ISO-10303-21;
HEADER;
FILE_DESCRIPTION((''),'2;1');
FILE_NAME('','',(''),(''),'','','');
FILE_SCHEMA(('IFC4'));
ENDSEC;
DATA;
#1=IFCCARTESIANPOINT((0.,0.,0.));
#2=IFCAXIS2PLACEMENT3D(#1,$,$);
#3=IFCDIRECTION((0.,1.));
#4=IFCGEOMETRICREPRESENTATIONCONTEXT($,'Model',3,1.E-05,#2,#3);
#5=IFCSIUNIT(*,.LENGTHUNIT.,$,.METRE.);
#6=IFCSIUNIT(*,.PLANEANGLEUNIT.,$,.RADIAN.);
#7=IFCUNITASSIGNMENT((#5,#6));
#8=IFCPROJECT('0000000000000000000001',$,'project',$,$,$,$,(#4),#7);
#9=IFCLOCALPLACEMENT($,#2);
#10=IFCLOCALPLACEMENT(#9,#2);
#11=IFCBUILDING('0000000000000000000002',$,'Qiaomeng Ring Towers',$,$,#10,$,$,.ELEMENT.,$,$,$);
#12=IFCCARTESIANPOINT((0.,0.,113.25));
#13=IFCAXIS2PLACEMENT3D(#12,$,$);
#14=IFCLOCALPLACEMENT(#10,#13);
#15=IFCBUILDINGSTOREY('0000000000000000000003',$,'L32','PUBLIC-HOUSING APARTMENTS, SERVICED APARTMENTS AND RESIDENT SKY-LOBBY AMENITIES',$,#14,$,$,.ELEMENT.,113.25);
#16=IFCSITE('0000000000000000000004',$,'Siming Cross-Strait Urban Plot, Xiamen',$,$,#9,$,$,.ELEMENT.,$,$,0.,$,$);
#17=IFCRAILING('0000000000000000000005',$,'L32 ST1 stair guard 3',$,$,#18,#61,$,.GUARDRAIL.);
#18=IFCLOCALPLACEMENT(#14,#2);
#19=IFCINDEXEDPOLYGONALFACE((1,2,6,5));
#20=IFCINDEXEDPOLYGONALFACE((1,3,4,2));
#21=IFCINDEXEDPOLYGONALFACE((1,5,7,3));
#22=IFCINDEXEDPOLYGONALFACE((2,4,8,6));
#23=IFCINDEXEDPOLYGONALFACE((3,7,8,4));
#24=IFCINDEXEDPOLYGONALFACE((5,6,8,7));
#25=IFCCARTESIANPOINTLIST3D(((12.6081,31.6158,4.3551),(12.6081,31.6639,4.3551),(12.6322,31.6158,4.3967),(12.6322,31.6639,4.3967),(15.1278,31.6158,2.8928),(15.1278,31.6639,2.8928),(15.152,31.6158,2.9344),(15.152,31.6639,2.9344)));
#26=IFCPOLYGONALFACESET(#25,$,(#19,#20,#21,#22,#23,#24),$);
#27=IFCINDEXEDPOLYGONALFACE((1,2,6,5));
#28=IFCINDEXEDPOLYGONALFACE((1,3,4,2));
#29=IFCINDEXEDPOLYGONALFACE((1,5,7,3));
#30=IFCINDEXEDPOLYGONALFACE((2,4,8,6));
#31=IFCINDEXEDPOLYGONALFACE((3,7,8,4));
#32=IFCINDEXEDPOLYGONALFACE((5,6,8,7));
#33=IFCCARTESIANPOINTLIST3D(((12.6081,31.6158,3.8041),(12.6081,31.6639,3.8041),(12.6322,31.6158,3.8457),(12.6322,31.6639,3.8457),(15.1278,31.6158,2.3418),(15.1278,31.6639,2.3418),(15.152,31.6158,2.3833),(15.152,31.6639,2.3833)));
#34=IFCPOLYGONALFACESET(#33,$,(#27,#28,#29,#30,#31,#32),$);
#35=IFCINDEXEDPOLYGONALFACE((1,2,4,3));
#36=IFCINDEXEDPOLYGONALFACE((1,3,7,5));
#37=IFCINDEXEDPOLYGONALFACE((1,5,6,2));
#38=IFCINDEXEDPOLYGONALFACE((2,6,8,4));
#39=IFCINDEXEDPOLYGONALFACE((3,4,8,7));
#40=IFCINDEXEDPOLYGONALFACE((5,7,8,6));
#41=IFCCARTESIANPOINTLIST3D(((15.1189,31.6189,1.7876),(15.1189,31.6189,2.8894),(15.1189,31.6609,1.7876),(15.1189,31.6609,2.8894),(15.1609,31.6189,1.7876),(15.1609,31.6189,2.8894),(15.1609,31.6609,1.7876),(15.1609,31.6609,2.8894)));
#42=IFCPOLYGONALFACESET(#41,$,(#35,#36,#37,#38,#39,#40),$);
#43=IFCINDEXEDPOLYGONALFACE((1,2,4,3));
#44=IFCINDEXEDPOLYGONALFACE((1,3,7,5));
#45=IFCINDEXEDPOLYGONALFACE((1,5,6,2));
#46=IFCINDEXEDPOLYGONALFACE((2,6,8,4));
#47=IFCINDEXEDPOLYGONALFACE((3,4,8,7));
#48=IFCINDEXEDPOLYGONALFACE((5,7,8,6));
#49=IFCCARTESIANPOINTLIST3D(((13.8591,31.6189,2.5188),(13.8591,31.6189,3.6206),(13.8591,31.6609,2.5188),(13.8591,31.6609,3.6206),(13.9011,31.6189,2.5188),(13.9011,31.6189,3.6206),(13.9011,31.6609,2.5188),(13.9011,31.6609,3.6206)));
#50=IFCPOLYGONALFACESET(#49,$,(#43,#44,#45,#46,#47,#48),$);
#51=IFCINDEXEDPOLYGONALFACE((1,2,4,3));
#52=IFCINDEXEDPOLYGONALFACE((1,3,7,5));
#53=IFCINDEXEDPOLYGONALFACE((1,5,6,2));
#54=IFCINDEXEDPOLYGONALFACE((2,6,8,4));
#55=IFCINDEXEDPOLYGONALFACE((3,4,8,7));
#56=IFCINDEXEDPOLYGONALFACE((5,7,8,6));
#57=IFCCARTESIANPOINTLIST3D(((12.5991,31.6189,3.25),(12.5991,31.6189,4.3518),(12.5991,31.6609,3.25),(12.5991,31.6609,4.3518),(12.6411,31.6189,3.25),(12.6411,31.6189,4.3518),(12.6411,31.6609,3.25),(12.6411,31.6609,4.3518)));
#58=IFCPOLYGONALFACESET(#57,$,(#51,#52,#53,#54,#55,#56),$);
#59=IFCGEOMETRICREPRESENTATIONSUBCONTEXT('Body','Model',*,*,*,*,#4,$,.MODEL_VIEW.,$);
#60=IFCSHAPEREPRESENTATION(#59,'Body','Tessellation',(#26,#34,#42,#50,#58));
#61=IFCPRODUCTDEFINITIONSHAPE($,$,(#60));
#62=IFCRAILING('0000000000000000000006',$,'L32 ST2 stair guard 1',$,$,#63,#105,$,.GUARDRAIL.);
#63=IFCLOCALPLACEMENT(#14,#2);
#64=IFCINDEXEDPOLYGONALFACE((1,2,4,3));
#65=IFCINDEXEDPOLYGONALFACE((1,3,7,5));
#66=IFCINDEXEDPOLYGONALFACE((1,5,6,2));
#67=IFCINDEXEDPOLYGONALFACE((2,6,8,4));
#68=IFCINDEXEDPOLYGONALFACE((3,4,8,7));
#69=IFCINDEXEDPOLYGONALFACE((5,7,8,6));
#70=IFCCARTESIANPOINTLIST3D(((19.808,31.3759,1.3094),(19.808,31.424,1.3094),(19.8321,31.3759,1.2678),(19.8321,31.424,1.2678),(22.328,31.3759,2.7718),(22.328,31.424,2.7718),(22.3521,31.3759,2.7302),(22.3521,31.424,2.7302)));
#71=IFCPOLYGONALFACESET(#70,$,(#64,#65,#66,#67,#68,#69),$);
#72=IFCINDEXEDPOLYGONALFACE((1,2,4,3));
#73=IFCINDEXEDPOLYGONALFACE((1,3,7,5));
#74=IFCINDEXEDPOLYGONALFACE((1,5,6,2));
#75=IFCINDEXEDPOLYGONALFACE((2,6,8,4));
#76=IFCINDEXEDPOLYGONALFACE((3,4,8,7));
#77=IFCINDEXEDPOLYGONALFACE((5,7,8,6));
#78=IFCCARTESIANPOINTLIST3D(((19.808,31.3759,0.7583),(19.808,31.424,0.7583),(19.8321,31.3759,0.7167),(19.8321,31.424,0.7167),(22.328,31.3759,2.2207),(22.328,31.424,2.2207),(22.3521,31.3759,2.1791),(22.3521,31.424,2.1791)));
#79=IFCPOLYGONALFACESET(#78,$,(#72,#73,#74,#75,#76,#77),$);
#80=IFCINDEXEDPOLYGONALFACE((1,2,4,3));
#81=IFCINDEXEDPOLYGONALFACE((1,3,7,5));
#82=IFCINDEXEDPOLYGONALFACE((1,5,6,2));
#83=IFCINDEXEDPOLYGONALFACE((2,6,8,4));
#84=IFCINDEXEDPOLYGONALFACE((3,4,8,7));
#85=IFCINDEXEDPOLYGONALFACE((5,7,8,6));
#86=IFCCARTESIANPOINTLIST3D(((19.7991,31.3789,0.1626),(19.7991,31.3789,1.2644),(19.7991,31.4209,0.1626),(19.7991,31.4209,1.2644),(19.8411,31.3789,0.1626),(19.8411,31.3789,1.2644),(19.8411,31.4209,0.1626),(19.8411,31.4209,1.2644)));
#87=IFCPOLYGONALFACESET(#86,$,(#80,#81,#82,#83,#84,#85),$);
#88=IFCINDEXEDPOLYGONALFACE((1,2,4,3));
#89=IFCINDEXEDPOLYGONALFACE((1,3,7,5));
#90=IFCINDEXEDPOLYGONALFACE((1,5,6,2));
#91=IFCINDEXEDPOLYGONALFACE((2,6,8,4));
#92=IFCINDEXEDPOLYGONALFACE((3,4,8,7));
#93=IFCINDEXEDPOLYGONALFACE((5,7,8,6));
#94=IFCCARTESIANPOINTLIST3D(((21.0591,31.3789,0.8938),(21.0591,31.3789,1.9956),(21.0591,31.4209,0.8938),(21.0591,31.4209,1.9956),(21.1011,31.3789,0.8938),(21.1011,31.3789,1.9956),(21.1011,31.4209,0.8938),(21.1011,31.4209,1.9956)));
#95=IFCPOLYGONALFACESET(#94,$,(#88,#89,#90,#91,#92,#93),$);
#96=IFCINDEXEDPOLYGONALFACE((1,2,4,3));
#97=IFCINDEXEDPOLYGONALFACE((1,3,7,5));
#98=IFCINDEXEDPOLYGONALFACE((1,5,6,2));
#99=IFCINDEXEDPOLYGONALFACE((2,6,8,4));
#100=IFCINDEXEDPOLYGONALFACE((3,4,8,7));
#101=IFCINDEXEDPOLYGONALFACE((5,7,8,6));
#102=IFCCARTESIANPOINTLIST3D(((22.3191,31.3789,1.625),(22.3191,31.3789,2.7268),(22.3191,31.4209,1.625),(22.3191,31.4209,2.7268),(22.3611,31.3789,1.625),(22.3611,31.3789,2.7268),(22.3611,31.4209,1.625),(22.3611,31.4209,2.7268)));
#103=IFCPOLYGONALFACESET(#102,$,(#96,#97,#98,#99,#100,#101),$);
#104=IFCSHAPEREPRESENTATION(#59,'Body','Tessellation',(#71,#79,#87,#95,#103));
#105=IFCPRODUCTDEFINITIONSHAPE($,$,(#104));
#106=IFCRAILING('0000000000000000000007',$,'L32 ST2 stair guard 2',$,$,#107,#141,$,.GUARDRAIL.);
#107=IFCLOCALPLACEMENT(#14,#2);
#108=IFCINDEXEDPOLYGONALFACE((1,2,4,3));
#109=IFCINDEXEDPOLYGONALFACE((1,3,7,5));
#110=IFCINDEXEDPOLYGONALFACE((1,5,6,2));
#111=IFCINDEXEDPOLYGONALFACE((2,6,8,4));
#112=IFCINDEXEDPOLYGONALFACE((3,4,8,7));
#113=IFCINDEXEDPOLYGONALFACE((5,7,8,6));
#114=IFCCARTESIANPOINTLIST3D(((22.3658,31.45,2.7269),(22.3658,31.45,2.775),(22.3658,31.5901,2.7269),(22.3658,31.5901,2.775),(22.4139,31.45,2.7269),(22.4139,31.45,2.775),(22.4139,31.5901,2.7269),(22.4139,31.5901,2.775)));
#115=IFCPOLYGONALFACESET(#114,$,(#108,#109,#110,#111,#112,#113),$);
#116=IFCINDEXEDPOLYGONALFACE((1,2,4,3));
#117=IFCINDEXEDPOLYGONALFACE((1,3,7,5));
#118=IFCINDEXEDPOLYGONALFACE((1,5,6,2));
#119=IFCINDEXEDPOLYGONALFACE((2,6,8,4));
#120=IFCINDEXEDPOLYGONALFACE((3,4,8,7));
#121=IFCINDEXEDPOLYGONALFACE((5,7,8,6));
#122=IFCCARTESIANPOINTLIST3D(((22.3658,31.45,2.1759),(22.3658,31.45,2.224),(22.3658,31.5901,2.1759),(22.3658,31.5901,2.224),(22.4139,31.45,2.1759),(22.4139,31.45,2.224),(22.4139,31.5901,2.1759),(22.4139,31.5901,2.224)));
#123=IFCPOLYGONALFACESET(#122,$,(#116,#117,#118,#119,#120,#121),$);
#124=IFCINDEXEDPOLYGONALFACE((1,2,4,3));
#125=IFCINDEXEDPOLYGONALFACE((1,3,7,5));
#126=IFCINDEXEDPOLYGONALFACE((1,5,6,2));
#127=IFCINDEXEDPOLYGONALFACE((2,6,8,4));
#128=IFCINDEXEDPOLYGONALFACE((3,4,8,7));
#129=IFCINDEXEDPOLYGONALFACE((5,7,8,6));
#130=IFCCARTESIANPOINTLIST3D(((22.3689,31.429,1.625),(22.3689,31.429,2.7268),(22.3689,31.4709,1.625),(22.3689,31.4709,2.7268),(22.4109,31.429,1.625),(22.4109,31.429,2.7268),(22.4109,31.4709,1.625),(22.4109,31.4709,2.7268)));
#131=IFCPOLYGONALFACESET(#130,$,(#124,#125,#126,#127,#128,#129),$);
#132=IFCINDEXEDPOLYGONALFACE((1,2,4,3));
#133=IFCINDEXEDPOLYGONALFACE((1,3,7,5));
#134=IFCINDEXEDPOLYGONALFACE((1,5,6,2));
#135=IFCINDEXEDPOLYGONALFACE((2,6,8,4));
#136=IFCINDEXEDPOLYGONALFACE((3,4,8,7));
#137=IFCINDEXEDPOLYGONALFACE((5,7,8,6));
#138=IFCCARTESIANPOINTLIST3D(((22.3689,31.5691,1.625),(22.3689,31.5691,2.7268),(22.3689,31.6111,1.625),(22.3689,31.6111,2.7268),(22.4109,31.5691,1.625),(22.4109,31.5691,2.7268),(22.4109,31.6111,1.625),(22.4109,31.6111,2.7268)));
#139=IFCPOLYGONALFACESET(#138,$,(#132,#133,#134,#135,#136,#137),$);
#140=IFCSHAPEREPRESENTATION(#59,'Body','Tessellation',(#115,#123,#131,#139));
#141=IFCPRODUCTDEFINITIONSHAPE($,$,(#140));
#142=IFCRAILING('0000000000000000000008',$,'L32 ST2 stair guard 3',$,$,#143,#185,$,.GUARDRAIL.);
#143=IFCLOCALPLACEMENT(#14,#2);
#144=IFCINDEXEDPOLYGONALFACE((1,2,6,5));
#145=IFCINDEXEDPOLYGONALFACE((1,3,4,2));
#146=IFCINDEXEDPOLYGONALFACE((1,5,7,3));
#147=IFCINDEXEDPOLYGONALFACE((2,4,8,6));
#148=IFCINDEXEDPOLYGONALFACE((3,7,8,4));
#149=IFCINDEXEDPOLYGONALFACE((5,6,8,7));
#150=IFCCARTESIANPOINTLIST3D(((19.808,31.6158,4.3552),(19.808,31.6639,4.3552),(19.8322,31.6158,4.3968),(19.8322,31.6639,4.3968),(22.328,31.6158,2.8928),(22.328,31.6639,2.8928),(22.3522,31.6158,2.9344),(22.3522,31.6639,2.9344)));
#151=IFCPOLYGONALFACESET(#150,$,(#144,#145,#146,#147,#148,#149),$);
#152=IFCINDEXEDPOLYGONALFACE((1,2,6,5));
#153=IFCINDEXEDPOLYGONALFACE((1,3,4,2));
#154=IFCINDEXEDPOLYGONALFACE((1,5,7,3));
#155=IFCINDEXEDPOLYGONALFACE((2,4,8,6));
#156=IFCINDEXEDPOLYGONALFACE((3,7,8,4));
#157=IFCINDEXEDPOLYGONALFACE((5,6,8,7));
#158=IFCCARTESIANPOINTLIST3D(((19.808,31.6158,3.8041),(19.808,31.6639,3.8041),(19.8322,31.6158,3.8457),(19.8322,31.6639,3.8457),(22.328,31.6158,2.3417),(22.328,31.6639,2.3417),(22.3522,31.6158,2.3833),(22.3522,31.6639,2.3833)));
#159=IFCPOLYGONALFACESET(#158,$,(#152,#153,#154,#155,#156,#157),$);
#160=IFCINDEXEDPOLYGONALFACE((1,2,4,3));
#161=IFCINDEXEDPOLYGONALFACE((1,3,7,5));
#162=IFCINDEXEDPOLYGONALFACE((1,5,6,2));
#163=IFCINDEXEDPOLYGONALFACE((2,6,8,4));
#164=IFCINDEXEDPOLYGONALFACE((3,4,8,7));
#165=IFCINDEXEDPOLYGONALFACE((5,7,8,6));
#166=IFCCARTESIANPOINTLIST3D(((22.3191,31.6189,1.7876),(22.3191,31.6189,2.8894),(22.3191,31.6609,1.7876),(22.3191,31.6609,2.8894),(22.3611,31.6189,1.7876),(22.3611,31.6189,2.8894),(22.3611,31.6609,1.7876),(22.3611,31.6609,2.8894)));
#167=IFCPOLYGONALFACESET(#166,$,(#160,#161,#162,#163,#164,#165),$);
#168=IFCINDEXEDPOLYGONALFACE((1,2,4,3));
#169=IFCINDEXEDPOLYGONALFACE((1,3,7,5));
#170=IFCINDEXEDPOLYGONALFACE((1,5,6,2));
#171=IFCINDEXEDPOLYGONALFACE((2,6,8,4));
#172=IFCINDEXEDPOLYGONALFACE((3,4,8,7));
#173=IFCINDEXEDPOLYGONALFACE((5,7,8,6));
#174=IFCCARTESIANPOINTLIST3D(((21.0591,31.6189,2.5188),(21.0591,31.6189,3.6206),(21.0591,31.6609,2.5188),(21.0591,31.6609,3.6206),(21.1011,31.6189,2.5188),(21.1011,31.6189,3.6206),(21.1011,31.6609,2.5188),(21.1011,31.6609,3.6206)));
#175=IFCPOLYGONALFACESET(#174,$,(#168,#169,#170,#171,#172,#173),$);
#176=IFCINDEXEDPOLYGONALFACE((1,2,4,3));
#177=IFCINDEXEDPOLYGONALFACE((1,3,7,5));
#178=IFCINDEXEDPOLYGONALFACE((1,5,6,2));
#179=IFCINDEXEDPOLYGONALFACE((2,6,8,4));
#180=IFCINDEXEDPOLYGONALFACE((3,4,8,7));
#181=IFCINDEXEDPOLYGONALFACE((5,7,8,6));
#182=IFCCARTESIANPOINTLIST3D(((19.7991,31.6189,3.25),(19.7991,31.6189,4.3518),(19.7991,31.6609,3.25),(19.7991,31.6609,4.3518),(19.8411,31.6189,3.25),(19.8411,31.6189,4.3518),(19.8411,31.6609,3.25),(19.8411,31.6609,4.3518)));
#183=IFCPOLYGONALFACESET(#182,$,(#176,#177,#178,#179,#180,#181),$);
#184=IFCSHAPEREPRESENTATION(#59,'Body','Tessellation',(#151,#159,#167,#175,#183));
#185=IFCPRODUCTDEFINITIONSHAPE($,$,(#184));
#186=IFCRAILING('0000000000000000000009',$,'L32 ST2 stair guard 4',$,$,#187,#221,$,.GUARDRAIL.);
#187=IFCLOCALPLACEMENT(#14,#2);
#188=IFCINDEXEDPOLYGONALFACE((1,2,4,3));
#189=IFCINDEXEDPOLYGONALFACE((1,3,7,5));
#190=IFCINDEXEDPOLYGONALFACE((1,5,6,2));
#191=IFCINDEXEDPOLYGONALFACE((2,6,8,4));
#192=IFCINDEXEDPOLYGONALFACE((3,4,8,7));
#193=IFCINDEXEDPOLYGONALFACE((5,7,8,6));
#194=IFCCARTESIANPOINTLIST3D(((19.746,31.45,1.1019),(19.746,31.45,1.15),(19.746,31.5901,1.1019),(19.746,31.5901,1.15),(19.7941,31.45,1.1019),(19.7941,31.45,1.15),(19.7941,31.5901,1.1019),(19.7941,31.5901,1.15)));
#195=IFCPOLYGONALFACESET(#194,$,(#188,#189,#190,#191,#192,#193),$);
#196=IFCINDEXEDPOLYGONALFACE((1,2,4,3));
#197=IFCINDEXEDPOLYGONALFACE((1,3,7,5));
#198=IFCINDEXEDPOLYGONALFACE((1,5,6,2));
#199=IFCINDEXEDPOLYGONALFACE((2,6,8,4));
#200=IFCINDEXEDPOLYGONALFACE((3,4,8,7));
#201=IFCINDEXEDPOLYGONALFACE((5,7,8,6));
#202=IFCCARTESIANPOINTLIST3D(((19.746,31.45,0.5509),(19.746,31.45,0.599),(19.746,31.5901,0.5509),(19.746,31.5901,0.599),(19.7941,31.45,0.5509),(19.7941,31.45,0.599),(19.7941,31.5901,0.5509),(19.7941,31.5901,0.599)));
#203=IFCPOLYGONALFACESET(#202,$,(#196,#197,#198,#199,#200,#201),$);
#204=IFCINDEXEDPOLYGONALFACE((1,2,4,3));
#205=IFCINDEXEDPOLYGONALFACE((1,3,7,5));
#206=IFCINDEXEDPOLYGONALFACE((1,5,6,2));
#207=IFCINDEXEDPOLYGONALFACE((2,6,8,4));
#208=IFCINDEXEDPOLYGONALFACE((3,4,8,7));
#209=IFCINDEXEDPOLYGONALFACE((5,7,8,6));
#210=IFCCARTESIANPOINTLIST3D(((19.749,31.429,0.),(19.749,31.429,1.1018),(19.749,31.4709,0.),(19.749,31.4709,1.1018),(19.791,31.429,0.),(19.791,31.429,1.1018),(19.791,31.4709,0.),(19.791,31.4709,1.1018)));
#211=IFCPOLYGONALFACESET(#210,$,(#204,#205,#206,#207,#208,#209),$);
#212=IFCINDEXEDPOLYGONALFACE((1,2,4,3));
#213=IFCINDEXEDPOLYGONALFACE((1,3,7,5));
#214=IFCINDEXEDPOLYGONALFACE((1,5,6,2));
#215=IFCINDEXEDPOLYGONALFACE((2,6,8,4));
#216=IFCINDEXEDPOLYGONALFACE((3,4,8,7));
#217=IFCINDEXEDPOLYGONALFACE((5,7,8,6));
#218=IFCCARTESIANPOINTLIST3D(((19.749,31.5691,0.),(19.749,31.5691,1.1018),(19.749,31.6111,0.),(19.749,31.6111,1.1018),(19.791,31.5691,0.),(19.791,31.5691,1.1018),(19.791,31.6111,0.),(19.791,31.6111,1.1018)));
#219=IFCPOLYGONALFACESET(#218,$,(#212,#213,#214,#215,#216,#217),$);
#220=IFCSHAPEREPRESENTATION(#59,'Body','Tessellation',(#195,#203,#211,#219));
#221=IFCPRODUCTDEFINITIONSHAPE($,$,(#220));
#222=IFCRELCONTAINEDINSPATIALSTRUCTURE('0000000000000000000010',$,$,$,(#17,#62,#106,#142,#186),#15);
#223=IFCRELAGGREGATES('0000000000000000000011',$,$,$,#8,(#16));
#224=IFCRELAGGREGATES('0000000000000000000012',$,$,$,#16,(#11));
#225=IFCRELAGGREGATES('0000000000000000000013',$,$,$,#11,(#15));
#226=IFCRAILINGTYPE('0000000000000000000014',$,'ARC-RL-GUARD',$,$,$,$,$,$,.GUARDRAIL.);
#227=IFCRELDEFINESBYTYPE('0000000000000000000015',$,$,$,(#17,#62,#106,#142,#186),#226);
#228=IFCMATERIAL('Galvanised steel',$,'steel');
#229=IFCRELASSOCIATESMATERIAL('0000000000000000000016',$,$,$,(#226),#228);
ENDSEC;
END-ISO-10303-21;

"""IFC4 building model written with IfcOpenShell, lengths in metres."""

from ifc_helpers import new_model, si_unit, direction, frame, origin, origin_2d, place, context, subcontext, project, spatial, rectangle, extrude, material, type_object, element, save


model = new_model("IFC4")

# Units and contexts
model_context = context("Model", 3, precision=1e-05, world=origin(), true_north=direction((0.0, 1.0)))
body_context = subcontext(model_context, "Body", "Model", "MODEL_VIEW")
ifc_project = project(units=[si_unit("LENGTHUNIT", "METRE"), si_unit("PLANEANGLEUNIT", "RADIAN")], contexts=[model_context])

# Site, building, storey
site_placement = place(None, origin())
site = spatial("IfcSite", under=ifc_project, at=site_placement, Name="Siming Cross-Strait Urban Plot, Xiamen", CompositionType="ELEMENT", RefElevation=0.0)
building_placement = place(site_placement, origin())
building = spatial("IfcBuilding", under=site, at=building_placement, Name="Qiaomeng Ring Towers", CompositionType="ELEMENT")
storey_placement = place(building_placement, frame((0.0, 0.0, 113.25)))
storey = spatial("IfcBuildingStorey", under=building, at=storey_placement, Name="L32", Description="PUBLIC-HOUSING APARTMENTS, SERVICED APARTMENTS AND RESIDENT SKY-LOBBY AMENITIES", CompositionType="ELEMENT", Elevation=113.25)

# Railings
ifc_material_1 = material(Name="Galvanised steel", Category="steel")
railing_type_1 = type_object("IfcRailingType", Name="ARC-RL-GUARD", PredefinedType="GUARDRAIL", material=ifc_material_1)
railing_1_placement = place(storey_placement, frame((15.1399, 31.6399, 1.7876)))
element("IfcRailing", 1, at=railing_1_placement, inside=storey, type_object=railing_type_1, Name="L32 ST1 stair guard 3", PredefinedType="GUARDRAIL", context=body_context, shape_type="SweptSolid", body=[
    extrude(rectangle(XDim=0.0481, YDim=0.0481, at=origin_2d()), frame((0.0, 0.0, 1.126), z_axis=(-0.864892, 0.0, 0.501958), x_axis=(0.0, -1.0, 0.0)), (0.0, 0.0, 1.0), 2.9133),
    extrude(rectangle(XDim=0.0481, YDim=0.0481, at=origin_2d()), frame((0.0, 0.0, 0.575), z_axis=(-0.864892, 0.0, 0.501958), x_axis=(0.0, -1.0, 0.0)), (0.0, 0.0, 1.0), 2.9133),
    extrude(rectangle(XDim=0.042, YDim=0.042, at=origin_2d()), origin(), (0.0, 0.0, 1.0), 1.1018),
    extrude(rectangle(XDim=0.042, YDim=0.042, at=origin_2d()), frame((-1.2598, 0.0, 0.7312)), (0.0, 0.0, 1.0), 1.1018),
    extrude(rectangle(XDim=0.042, YDim=0.042, at=origin_2d()), frame((-2.5198, 0.0, 1.4624)), (0.0, 0.0, 1.0), 1.1018),
])
railing_2_placement = place(storey_placement, frame((19.8201, 31.3999, 0.1626)))
element("IfcRailing", 2, at=railing_2_placement, inside=storey, type_object=railing_type_1, Name="L32 ST2 stair guard 1", PredefinedType="GUARDRAIL", context=body_context, shape_type="SweptSolid", body=[
    extrude(rectangle(XDim=0.0481, YDim=0.0481, at=origin_2d()), frame((0.0, 0.0, 1.126), z_axis=(0.864913, 0.0, 0.501921), x_axis=(0.0, 1.0, 0.0)), (0.0, 0.0, 1.0), 2.9136),
    extrude(rectangle(XDim=0.0481, YDim=0.0481, at=origin_2d()), frame((0.0, 0.0, 0.575), z_axis=(0.864913, 0.0, 0.501921), x_axis=(0.0, 1.0, 0.0)), (0.0, 0.0, 1.0), 2.9136),
    extrude(rectangle(XDim=0.042, YDim=0.042, at=origin_2d()), origin(), (0.0, 0.0, 1.0), 1.1018),
    extrude(rectangle(XDim=0.042, YDim=0.042, at=origin_2d()), frame((1.26, 0.0, 0.7312)), (0.0, 0.0, 1.0), 1.1018),
    extrude(rectangle(XDim=0.042, YDim=0.042, at=origin_2d()), frame((2.52, 0.0, 1.4624)), (0.0, 0.0, 1.0), 1.1018),
])
railing_3_placement = place(storey_placement, frame((22.3899, 31.45, 1.625)))
element("IfcRailing", 3, at=railing_3_placement, inside=storey, type_object=railing_type_1, Name="L32 ST2 stair guard 2", PredefinedType="GUARDRAIL", context=body_context, shape_type="SweptSolid", body=[
    extrude(rectangle(XDim=0.0481, YDim=0.0481, at=origin_2d()), frame((0.0, 0.0, 1.126), z_axis=(0.0, 1.0, 0.0), x_axis=(-1.0, 0.0, 0.0)), (0.0, 0.0, 1.0), 0.1401),
    extrude(rectangle(XDim=0.0481, YDim=0.0481, at=origin_2d()), frame((0.0, 0.0, 0.575), z_axis=(0.0, 1.0, 0.0), x_axis=(-1.0, 0.0, 0.0)), (0.0, 0.0, 1.0), 0.1401),
    extrude(rectangle(XDim=0.042, YDim=0.042, at=origin_2d()), origin(), (0.0, 0.0, 1.0), 1.1018),
    extrude(rectangle(XDim=0.042, YDim=0.042, at=origin_2d()), frame((0.0, 0.1401, 0.0)), (0.0, 0.0, 1.0), 1.1018),
])
railing_4_placement = place(storey_placement, frame((22.3401, 31.6399, 1.7876)))
element("IfcRailing", 4, at=railing_4_placement, inside=storey, type_object=railing_type_1, Name="L32 ST2 stair guard 3", PredefinedType="GUARDRAIL", context=body_context, shape_type="SweptSolid", body=[
    extrude(rectangle(XDim=0.0481, YDim=0.0481, at=origin_2d()), frame((0.0, 0.0, 1.126), z_axis=(-0.864913, 0.0, 0.501921), x_axis=(0.0, -1.0, 0.0)), (0.0, 0.0, 1.0), 2.9136),
    extrude(rectangle(XDim=0.0481, YDim=0.0481, at=origin_2d()), frame((0.0, 0.0, 0.575), z_axis=(-0.864913, 0.0, 0.501921), x_axis=(0.0, -1.0, 0.0)), (0.0, 0.0, 1.0), 2.9136),
    extrude(rectangle(XDim=0.042, YDim=0.042, at=origin_2d()), origin(), (0.0, 0.0, 1.0), 1.1018),
    extrude(rectangle(XDim=0.042, YDim=0.042, at=origin_2d()), frame((-1.26, 0.0, 0.7312)), (0.0, 0.0, 1.0), 1.1018),
    extrude(rectangle(XDim=0.042, YDim=0.042, at=origin_2d()), frame((-2.52, 0.0, 1.4624)), (0.0, 0.0, 1.0), 1.1018),
])
railing_5_placement = place(storey_placement, frame((19.77, 31.45, 0.0)))
element("IfcRailing", 5, at=railing_5_placement, inside=storey, type_object=railing_type_1, Name="L32 ST2 stair guard 4", PredefinedType="GUARDRAIL", context=body_context, shape_type="SweptSolid", body=[
    extrude(rectangle(XDim=0.0481, YDim=0.0481, at=origin_2d()), frame((0.0, 0.0, 1.126), z_axis=(0.0, 1.0, 0.0), x_axis=(-1.0, 0.0, 0.0)), (0.0, 0.0, 1.0), 0.1401),
    extrude(rectangle(XDim=0.0481, YDim=0.0481, at=origin_2d()), frame((0.0, 0.0, 0.575), z_axis=(0.0, 1.0, 0.0), x_axis=(-1.0, 0.0, 0.0)), (0.0, 0.0, 1.0), 0.1401),
    extrude(rectangle(XDim=0.042, YDim=0.042, at=origin_2d()), origin(), (0.0, 0.0, 1.0), 1.1018),
    extrude(rectangle(XDim=0.042, YDim=0.042, at=origin_2d()), frame((0.0, 0.1401, 0.0)), (0.0, 0.0, 1.0), 1.1018),
])

save(model, "model.ifc")
